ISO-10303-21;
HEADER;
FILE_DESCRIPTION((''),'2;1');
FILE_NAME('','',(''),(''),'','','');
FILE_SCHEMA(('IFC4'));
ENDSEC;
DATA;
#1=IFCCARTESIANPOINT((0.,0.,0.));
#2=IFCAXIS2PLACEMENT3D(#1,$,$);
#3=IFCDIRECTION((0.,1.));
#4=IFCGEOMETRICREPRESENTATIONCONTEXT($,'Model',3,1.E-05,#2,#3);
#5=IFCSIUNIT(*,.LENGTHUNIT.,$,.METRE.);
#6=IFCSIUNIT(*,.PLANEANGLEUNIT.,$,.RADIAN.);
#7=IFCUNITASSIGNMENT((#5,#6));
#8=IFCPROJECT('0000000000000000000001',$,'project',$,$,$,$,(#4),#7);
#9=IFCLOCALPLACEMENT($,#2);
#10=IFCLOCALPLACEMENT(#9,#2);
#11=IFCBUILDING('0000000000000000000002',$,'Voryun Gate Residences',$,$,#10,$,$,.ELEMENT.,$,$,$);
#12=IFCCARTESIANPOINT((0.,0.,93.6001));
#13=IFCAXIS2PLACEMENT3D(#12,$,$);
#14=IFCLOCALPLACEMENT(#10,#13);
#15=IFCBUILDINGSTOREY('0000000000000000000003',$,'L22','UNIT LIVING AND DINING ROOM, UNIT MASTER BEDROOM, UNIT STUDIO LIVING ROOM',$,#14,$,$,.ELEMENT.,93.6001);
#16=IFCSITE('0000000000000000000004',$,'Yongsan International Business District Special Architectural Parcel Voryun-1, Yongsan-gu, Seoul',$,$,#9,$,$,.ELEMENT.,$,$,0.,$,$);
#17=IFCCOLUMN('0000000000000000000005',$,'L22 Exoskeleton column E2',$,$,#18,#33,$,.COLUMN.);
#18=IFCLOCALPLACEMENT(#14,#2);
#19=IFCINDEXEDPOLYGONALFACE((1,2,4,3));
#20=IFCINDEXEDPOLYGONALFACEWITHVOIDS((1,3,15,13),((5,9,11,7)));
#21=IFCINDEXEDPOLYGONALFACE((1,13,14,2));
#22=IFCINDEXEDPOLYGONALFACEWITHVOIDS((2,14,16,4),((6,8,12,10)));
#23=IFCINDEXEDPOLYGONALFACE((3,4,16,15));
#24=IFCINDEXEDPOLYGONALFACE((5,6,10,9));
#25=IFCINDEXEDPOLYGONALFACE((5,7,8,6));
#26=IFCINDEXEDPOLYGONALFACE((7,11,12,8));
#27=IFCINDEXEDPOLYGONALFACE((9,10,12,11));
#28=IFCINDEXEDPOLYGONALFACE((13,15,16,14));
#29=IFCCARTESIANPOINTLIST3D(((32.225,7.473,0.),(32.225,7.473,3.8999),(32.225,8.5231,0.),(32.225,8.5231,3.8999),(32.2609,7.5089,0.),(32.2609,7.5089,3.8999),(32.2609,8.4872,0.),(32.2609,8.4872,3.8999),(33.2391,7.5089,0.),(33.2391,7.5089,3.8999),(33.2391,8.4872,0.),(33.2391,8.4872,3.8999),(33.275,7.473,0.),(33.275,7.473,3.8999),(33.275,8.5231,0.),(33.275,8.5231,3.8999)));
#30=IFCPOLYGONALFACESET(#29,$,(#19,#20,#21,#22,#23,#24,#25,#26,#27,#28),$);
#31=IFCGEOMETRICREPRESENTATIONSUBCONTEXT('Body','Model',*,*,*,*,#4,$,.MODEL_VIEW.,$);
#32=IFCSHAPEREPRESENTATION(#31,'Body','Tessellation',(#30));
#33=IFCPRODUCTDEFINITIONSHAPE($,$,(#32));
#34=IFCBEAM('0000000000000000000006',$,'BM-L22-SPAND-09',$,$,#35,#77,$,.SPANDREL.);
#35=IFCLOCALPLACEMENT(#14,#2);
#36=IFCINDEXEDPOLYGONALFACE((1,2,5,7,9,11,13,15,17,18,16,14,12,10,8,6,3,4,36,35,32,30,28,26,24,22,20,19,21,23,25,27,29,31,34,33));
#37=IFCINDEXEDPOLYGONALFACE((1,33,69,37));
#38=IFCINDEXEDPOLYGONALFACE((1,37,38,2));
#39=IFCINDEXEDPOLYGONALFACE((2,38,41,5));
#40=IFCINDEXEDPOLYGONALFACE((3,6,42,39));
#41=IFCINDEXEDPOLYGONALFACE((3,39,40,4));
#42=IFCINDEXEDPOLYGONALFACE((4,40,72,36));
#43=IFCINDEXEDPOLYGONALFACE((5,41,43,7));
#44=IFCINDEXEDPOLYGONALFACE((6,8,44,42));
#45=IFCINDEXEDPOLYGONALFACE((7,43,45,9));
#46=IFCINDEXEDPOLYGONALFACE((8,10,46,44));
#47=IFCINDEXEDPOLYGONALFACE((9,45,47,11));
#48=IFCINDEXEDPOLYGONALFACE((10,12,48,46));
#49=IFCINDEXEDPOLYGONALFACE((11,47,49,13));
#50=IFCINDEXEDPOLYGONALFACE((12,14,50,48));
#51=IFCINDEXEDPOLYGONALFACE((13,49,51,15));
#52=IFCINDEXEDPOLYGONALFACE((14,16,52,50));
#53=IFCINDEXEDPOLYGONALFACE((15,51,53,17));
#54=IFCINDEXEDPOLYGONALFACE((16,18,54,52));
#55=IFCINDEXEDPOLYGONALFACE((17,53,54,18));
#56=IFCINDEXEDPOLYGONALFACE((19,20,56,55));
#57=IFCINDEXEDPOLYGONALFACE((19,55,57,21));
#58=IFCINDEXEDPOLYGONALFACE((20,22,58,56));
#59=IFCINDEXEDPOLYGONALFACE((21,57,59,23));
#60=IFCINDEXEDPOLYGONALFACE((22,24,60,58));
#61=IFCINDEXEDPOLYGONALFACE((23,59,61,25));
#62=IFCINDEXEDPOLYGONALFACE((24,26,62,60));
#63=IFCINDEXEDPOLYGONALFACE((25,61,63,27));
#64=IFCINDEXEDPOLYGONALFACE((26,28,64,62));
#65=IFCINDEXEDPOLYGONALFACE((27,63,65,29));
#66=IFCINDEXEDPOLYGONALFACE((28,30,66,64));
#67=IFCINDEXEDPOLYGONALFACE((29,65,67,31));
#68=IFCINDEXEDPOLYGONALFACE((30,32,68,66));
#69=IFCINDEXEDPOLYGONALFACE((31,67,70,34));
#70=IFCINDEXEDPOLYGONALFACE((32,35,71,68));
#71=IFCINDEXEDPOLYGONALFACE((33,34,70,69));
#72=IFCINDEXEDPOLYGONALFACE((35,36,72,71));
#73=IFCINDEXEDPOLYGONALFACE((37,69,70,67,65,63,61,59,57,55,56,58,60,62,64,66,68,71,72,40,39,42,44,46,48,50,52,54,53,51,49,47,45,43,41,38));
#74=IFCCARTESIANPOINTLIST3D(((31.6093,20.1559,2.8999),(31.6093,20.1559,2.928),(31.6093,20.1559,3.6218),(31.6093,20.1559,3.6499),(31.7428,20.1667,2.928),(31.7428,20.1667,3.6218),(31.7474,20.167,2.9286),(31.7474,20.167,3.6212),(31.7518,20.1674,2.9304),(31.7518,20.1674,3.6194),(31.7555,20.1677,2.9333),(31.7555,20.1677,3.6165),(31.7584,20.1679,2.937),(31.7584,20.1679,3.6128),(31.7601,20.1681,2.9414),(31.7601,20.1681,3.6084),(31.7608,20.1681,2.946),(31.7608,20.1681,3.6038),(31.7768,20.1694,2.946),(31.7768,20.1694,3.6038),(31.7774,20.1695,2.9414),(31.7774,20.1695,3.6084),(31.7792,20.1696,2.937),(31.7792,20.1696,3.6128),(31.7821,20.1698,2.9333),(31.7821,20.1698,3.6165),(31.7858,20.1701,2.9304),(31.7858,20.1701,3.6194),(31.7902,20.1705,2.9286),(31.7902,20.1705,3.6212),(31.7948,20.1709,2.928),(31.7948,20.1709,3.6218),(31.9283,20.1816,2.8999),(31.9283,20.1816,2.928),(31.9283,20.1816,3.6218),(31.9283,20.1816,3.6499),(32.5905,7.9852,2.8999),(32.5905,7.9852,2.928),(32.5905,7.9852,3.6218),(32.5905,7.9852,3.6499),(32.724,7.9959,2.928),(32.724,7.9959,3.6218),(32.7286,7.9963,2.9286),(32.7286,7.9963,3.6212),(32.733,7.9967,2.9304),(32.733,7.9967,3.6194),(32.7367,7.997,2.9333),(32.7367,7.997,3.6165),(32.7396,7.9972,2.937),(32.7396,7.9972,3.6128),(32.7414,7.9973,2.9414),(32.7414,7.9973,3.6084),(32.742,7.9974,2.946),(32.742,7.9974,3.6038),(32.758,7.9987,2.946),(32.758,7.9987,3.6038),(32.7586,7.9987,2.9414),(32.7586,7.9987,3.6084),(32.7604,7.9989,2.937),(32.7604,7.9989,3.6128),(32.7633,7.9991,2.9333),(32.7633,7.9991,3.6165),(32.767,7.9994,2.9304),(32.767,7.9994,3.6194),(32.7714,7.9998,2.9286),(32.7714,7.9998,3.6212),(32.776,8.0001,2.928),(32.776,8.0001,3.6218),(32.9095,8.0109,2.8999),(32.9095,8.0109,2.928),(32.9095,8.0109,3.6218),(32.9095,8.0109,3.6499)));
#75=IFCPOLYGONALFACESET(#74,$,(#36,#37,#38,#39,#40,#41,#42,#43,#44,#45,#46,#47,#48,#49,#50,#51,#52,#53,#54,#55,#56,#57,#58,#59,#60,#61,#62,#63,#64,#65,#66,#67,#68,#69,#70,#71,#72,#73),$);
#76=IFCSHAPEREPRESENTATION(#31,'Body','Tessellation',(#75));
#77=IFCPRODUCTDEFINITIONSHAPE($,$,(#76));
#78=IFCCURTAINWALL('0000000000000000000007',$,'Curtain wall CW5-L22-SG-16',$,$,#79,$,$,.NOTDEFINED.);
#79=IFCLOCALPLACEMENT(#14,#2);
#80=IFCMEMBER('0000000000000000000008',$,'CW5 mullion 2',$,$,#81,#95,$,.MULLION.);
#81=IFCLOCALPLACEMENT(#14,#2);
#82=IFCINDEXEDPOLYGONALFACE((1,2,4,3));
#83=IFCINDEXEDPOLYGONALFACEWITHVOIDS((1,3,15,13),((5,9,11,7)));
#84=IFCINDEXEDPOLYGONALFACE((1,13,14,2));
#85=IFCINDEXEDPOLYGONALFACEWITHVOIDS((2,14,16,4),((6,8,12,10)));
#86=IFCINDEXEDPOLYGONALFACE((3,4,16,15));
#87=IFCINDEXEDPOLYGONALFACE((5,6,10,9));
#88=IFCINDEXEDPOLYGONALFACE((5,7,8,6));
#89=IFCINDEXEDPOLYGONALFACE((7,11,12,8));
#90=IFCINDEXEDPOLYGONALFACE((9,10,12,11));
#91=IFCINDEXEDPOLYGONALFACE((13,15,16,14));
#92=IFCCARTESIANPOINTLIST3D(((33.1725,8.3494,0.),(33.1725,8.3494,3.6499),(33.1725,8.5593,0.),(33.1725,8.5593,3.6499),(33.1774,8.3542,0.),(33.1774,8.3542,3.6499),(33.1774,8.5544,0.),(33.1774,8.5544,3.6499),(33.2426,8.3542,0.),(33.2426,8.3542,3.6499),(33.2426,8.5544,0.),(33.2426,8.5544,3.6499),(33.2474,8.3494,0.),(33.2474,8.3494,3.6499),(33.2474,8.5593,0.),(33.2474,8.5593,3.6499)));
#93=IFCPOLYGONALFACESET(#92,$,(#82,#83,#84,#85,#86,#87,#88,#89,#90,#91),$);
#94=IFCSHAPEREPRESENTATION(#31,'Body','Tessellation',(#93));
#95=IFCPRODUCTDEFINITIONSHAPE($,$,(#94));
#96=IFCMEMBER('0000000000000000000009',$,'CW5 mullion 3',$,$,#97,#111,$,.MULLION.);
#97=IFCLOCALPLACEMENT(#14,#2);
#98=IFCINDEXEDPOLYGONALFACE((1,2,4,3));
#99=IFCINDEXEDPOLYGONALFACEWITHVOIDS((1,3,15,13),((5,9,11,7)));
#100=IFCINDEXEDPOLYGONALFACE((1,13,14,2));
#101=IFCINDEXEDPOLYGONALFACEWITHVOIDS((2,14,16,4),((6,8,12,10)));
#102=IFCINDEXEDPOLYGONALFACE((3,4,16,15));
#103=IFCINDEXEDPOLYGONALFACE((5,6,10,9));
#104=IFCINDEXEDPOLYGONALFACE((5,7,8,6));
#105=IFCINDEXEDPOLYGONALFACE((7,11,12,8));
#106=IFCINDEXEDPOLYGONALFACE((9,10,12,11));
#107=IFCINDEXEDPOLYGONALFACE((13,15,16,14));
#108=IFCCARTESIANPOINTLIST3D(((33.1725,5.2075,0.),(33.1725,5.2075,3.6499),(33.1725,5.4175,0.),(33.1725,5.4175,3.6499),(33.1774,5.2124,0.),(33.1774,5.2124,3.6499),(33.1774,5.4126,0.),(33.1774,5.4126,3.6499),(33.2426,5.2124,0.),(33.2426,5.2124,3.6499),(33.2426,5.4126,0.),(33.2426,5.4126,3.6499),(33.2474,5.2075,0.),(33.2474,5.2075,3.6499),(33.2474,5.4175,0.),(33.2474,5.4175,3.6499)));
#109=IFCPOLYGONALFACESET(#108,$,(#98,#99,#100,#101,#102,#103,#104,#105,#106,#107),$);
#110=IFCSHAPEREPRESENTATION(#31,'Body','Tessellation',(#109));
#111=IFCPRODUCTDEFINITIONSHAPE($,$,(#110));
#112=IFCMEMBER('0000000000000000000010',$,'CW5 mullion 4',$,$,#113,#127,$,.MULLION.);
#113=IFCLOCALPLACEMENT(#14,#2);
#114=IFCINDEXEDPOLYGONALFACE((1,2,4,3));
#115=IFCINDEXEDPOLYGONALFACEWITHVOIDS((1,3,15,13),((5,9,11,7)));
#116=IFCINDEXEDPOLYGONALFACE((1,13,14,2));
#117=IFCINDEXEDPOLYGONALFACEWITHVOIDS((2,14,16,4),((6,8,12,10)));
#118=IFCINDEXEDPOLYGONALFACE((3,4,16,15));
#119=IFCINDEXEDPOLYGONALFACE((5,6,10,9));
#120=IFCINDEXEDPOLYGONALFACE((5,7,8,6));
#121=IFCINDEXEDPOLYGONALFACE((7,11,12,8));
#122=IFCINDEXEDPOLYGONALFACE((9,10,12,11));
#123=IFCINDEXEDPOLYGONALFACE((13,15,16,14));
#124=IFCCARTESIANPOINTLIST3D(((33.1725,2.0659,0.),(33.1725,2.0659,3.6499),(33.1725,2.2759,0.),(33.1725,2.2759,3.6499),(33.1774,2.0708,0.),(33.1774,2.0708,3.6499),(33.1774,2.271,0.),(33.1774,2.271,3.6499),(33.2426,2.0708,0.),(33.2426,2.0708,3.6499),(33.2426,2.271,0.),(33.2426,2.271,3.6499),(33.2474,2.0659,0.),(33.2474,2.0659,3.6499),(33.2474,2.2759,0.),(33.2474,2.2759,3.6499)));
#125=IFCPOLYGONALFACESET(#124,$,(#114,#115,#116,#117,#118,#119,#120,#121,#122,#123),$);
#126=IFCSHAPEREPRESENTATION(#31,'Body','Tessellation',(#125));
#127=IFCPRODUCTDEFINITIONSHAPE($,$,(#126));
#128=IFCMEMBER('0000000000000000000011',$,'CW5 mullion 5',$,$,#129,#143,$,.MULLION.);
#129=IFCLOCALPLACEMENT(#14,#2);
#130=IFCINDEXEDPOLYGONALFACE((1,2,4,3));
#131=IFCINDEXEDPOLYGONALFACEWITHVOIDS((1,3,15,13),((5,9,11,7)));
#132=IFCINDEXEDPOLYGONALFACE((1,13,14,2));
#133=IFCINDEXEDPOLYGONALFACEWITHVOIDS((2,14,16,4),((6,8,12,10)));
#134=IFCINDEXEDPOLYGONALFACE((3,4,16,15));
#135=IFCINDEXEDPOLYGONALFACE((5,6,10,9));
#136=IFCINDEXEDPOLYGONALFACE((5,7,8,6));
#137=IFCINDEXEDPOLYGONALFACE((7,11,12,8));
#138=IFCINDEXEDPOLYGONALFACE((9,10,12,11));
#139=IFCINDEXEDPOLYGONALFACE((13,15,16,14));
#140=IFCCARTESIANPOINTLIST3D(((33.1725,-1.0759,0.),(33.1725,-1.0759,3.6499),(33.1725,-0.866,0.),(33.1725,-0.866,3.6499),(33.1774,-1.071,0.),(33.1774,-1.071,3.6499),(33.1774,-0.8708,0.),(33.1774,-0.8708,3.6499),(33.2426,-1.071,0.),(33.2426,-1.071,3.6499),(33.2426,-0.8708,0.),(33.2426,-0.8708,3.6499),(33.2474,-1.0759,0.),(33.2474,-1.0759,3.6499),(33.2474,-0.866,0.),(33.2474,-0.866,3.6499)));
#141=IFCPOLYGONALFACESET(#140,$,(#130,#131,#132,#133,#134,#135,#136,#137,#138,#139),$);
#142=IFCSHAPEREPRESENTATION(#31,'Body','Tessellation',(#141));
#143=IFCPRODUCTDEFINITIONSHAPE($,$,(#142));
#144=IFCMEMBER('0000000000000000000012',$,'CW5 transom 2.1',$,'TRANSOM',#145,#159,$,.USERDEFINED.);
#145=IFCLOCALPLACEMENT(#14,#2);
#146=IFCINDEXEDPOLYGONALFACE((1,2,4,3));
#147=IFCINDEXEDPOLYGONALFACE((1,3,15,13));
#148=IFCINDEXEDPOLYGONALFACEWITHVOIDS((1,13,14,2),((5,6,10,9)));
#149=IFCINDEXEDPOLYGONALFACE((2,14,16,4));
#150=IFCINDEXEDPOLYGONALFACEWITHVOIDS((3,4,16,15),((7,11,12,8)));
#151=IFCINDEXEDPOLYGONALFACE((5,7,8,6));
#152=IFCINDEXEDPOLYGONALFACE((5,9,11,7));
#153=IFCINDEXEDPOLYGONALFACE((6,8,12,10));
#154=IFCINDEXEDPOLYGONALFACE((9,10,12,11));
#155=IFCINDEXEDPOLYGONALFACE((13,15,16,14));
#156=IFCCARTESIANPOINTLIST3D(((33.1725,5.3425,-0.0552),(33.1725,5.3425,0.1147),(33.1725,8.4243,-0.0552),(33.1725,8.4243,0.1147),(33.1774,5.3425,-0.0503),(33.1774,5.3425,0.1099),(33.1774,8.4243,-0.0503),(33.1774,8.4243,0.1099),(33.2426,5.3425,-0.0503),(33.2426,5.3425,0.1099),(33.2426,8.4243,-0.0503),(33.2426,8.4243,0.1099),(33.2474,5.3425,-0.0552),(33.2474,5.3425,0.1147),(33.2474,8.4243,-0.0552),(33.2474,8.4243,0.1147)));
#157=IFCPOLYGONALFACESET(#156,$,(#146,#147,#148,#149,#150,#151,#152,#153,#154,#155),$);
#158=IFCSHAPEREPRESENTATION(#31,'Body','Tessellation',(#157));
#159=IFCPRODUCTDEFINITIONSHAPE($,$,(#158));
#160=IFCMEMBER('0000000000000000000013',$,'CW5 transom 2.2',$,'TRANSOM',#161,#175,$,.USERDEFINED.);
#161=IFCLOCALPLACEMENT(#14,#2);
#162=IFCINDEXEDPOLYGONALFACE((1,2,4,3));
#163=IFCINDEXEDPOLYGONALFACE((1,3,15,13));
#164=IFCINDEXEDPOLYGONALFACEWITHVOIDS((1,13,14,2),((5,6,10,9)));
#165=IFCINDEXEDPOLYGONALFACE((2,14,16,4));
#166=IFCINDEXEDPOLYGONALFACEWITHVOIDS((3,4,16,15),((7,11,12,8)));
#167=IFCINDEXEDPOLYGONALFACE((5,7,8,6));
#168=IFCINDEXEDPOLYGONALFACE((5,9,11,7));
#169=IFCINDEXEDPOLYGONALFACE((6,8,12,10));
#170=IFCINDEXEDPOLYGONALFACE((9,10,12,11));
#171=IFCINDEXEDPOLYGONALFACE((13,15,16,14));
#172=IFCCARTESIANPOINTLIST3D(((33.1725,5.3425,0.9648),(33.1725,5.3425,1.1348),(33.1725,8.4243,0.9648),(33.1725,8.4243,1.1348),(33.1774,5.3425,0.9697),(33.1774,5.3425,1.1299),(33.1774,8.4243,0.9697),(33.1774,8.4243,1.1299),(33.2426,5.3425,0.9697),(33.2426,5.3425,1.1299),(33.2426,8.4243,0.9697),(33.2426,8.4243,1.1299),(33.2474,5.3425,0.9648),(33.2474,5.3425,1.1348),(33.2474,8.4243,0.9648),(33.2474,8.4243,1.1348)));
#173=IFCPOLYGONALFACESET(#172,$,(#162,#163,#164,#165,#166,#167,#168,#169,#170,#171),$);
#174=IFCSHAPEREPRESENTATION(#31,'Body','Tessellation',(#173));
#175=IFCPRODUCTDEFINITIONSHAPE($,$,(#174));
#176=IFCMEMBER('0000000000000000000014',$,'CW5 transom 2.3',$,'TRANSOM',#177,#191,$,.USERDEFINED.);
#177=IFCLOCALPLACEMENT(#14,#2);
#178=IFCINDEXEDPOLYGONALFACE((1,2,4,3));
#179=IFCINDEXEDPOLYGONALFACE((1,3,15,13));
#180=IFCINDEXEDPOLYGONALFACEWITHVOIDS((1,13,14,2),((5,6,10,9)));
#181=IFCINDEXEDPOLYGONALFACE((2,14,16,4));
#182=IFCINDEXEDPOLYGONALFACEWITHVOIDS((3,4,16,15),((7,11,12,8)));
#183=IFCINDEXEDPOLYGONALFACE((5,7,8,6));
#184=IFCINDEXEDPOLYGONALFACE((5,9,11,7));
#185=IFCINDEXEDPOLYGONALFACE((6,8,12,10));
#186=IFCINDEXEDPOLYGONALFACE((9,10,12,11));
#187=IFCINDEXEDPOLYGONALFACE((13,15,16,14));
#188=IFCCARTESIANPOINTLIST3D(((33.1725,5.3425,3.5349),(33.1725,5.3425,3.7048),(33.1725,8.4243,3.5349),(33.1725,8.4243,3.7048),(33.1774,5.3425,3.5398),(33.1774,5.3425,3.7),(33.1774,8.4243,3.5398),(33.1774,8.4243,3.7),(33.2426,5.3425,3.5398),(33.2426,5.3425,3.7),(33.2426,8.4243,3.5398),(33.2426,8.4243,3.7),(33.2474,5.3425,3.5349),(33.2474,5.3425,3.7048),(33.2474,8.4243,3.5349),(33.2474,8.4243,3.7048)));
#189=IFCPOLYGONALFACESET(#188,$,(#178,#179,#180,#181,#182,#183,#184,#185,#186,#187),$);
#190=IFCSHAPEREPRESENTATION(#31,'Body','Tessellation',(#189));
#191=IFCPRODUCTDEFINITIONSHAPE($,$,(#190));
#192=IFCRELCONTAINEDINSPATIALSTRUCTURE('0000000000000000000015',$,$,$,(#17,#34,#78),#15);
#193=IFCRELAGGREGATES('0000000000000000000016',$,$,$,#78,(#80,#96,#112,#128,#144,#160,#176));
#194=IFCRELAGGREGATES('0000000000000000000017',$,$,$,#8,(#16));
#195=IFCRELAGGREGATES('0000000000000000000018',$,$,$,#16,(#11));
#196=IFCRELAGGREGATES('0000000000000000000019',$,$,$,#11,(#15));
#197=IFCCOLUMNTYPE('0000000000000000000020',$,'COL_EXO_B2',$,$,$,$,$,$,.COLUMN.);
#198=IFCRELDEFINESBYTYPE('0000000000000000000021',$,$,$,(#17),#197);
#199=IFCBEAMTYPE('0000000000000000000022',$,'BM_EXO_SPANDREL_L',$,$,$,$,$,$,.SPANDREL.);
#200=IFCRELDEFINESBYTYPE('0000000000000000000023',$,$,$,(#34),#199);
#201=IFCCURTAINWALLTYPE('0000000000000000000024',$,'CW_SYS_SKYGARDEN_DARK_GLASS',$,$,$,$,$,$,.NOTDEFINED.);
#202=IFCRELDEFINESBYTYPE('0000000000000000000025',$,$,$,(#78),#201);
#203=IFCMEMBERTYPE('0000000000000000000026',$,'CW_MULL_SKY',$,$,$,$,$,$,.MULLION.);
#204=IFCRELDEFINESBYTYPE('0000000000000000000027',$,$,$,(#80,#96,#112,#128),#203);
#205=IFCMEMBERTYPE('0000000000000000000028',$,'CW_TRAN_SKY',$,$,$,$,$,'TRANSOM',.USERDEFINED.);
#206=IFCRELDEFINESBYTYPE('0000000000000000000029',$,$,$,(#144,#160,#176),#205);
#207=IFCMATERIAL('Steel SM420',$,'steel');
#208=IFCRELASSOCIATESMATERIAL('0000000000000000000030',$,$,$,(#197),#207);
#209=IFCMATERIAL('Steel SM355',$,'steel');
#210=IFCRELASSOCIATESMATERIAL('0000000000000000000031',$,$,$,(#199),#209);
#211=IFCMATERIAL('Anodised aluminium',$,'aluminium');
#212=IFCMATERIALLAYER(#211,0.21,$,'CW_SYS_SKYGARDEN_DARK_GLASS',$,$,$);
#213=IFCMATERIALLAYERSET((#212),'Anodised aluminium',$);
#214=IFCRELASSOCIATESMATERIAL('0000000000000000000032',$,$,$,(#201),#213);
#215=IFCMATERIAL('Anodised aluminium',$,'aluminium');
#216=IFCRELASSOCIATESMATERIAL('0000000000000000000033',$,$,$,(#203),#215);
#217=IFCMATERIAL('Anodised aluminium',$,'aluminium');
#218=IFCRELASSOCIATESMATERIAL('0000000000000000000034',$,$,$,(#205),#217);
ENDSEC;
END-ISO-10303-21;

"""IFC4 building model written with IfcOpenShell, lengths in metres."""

from ifc_helpers import new_model, si_unit, direction, frame, origin, origin_2d, place, context, subcontext, project, spatial, hollow_rectangle, i_section, extrude, material, layer, layer_set, material_profile, profile_set, type_object, element, aggregate, save


model = new_model("IFC4")

# Units and contexts
model_context = context("Model", 3, precision=1e-05, world=origin(), true_north=direction((0.0, 1.0)))
body_context = subcontext(model_context, "Body", "Model", "MODEL_VIEW")
ifc_project = project(units=[si_unit("LENGTHUNIT", "METRE"), si_unit("PLANEANGLEUNIT", "RADIAN")], contexts=[model_context])

# Site, building, storey
site_placement = place(None, origin())
site = spatial("IfcSite", under=ifc_project, at=site_placement, Name="Yongsan International Business District Special Architectural Parcel Voryun-1, Yongsan-gu, Seoul", CompositionType="ELEMENT", RefElevation=0.0)
building_placement = place(site_placement, origin())
building = spatial("IfcBuilding", under=site, at=building_placement, Name="Voryun Gate Residences", CompositionType="ELEMENT")
storey_placement = place(building_placement, frame((0.0, 0.0, 93.6001)))
storey = spatial("IfcBuildingStorey", under=building, at=storey_placement, Name="L22", Description="UNIT LIVING AND DINING ROOM, UNIT MASTER BEDROOM, UNIT STUDIO LIVING ROOM", CompositionType="ELEMENT", Elevation=93.6001)

# Column
ifc_material_1 = material(Name="Steel SM420", Category="steel")
ifc_material_profile_1 = material_profile(ifc_material_1, hollow_rectangle(XDim=1.05, YDim=1.05, WallThickness=0.0359, at=origin_2d()), Name="BOX-1050x1050x36")
ifc_profile_set_1 = profile_set([ifc_material_profile_1], Name="Steel SM420")
column_type = type_object("IfcColumnType", Name="COL_EXO_B2", PredefinedType="COLUMN", material=ifc_profile_set_1)
column_placement = place(storey_placement, frame((32.75, 7.998, 0.0), z_axis=(0.0, 0.0, 1.0), x_axis=(1.0, 0.0, 0.0)))
element("IfcColumn", 1, at=column_placement, inside=storey, type_object=column_type, Name="L22 Exoskeleton column E2", PredefinedType="COLUMN", context=body_context, shape_type="SweptSolid", body=[
    extrude(hollow_rectangle(XDim=1.05, YDim=1.05, WallThickness=0.0359, at=origin_2d()), origin(), (0.0, 0.0, 1.0), 3.8999),
])

# Beam
ifc_material_2 = material(Name="Steel SM355", Category="steel")
ifc_material_profile_2 = material_profile(ifc_material_2, i_section(OverallWidth=0.3201, OverallDepth=0.75, WebThickness=0.0161, FlangeThickness=0.0281, FilletRadius=0.0181, at=origin_2d()), Name="H-750x320x16x28")
ifc_profile_set_2 = profile_set([ifc_material_profile_2], Name="Steel SM355")
beam_type = type_object("IfcBeamType", Name="BM_EXO_SPANDREL_L", PredefinedType="SPANDREL", material=ifc_profile_set_2)
beam_placement = place(storey_placement, frame((32.75, 7.998, 3.2749), z_axis=(-0.08036, 0.996766, 0.0), x_axis=(-0.996766, -0.08036, 0.0)))
element("IfcBeam", 2, at=beam_placement, inside=storey, type_object=beam_type, Name="BM-L22-SPAND-09", PredefinedType="SPANDREL", context=body_context, shape_type="SweptSolid", body=[
    extrude(i_section(OverallWidth=0.3201, OverallDepth=0.75, WebThickness=0.0161, FlangeThickness=0.0281, FilletRadius=0.0181, at=origin_2d()), origin(), (0.0, 0.0, 1.0), 12.2102),
])

# Curtain wall, members
ifc_material_3 = material(Name="Anodised aluminium", Category="aluminium")
ifc_layer_1 = layer(ifc_material_3, 0.21, Name="CW_SYS_SKYGARDEN_DARK_GLASS")
ifc_layer_set_1 = layer_set([ifc_layer_1], Name="Anodised aluminium")
curtain_wall_type = type_object("IfcCurtainWallType", Name="CW_SYS_SKYGARDEN_DARK_GLASS", PredefinedType="NOTDEFINED", material=ifc_layer_set_1)
curtain_wall_placement = place(storey_placement, origin())
curtain_wall = element("IfcCurtainWall", 3, at=curtain_wall_placement, inside=storey, type_object=curtain_wall_type, Name="Curtain wall CW5-L22-SG-16", PredefinedType="NOTDEFINED")
ifc_material_4 = material(Name="Anodised aluminium", Category="aluminium")
ifc_material_profile_3 = material_profile(ifc_material_4, hollow_rectangle(XDim=0.075, YDim=0.21, WallThickness=0.0049, at=origin_2d()), Name="ALU-MULL-210x75x5")
ifc_profile_set_3 = profile_set([ifc_material_profile_3], Name="Anodised aluminium")
member_type_1 = type_object("IfcMemberType", Name="CW_MULL_SKY", PredefinedType="MULLION", material=ifc_profile_set_3)
member_1_placement = place(storey_placement, frame((33.21, 8.4543, 0.0), z_axis=(0.0, 0.0, 1.0), x_axis=(1.0, 0.0, 0.0)))
member_1 = element("IfcMember", 4, at=member_1_placement, type_object=member_type_1, Name="CW5 mullion 2", PredefinedType="MULLION", context=body_context, shape_type="SweptSolid", body=[
    extrude(hollow_rectangle(XDim=0.075, YDim=0.21, WallThickness=0.0049, at=origin_2d()), origin(), (0.0, 0.0, 1.0), 3.6499),
])
member_2_placement = place(storey_placement, frame((33.21, 5.3125, 0.0), z_axis=(0.0, 0.0, 1.0), x_axis=(1.0, 0.0, 0.0)))
member_2 = element("IfcMember", 5, at=member_2_placement, type_object=member_type_1, Name="CW5 mullion 3", PredefinedType="MULLION", context=body_context, shape_type="SweptSolid", body=[
    extrude(hollow_rectangle(XDim=0.075, YDim=0.21, WallThickness=0.0049, at=origin_2d()), origin(), (0.0, 0.0, 1.0), 3.6499),
])
member_3_placement = place(storey_placement, frame((33.21, 2.1709, 0.0), z_axis=(0.0, 0.0, 1.0), x_axis=(1.0, 0.0, 0.0)))
member_3 = element("IfcMember", 6, at=member_3_placement, type_object=member_type_1, Name="CW5 mullion 4", PredefinedType="MULLION", context=body_context, shape_type="SweptSolid", body=[
    extrude(hollow_rectangle(XDim=0.075, YDim=0.21, WallThickness=0.0049, at=origin_2d()), origin(), (0.0, 0.0, 1.0), 3.6499),
])
member_4_placement = place(storey_placement, frame((33.21, -0.9709, 0.0), z_axis=(0.0, 0.0, 1.0), x_axis=(1.0, 0.0, 0.0)))
member_4 = element("IfcMember", 7, at=member_4_placement, type_object=member_type_1, Name="CW5 mullion 5", PredefinedType="MULLION", context=body_context, shape_type="SweptSolid", body=[
    extrude(hollow_rectangle(XDim=0.075, YDim=0.21, WallThickness=0.0049, at=origin_2d()), origin(), (0.0, 0.0, 1.0), 3.6499),
])
ifc_material_5 = material(Name="Anodised aluminium", Category="aluminium")
ifc_material_profile_4 = material_profile(ifc_material_5, hollow_rectangle(XDim=0.075, YDim=0.1699, WallThickness=0.0049, at=origin_2d()), Name="ALU-TRAN-170x75x5")
ifc_profile_set_4 = profile_set([ifc_material_profile_4], Name="Anodised aluminium")
member_type_2 = type_object("IfcMemberType", Name="CW_TRAN_SKY", ElementType="TRANSOM", PredefinedType="USERDEFINED", material=ifc_profile_set_4)
member_5_placement = place(storey_placement, frame((33.21, 8.4243, 0.0298), z_axis=(0.0, -1.0, 0.0), x_axis=(1.0, 0.0, 0.0)))
member_5 = element("IfcMember", 8, at=member_5_placement, type_object=member_type_2, Name="CW5 transom 2.1", ObjectType="TRANSOM", PredefinedType="USERDEFINED", context=body_context, shape_type="SweptSolid", body=[
    extrude(hollow_rectangle(XDim=0.075, YDim=0.1699, WallThickness=0.0049, at=origin_2d()), origin(), (0.0, 0.0, 1.0), 3.0818),
])
member_6_placement = place(storey_placement, frame((33.21, 8.4243, 1.0498), z_axis=(0.0, -1.0, 0.0), x_axis=(1.0, 0.0, 0.0)))
member_6 = element("IfcMember", 9, at=member_6_placement, type_object=member_type_2, Name="CW5 transom 2.2", ObjectType="TRANSOM", PredefinedType="USERDEFINED", context=body_context, shape_type="SweptSolid", body=[
    extrude(hollow_rectangle(XDim=0.075, YDim=0.1699, WallThickness=0.0049, at=origin_2d()), origin(), (0.0, 0.0, 1.0), 3.0818),
])
member_7_placement = place(storey_placement, frame((33.21, 8.4243, 3.6199), z_axis=(0.0, -1.0, 0.0), x_axis=(1.0, 0.0, 0.0)))
member_7 = element("IfcMember", 10, at=member_7_placement, type_object=member_type_2, Name="CW5 transom 2.3", ObjectType="TRANSOM", PredefinedType="USERDEFINED", context=body_context, shape_type="SweptSolid", body=[
    extrude(hollow_rectangle(XDim=0.075, YDim=0.1699, WallThickness=0.0049, at=origin_2d()), origin(), (0.0, 0.0, 1.0), 3.0818),
])
aggregate(curtain_wall, [member_1, member_2, member_3, member_4, member_5, member_6, member_7])

save(model, "model.ifc")
